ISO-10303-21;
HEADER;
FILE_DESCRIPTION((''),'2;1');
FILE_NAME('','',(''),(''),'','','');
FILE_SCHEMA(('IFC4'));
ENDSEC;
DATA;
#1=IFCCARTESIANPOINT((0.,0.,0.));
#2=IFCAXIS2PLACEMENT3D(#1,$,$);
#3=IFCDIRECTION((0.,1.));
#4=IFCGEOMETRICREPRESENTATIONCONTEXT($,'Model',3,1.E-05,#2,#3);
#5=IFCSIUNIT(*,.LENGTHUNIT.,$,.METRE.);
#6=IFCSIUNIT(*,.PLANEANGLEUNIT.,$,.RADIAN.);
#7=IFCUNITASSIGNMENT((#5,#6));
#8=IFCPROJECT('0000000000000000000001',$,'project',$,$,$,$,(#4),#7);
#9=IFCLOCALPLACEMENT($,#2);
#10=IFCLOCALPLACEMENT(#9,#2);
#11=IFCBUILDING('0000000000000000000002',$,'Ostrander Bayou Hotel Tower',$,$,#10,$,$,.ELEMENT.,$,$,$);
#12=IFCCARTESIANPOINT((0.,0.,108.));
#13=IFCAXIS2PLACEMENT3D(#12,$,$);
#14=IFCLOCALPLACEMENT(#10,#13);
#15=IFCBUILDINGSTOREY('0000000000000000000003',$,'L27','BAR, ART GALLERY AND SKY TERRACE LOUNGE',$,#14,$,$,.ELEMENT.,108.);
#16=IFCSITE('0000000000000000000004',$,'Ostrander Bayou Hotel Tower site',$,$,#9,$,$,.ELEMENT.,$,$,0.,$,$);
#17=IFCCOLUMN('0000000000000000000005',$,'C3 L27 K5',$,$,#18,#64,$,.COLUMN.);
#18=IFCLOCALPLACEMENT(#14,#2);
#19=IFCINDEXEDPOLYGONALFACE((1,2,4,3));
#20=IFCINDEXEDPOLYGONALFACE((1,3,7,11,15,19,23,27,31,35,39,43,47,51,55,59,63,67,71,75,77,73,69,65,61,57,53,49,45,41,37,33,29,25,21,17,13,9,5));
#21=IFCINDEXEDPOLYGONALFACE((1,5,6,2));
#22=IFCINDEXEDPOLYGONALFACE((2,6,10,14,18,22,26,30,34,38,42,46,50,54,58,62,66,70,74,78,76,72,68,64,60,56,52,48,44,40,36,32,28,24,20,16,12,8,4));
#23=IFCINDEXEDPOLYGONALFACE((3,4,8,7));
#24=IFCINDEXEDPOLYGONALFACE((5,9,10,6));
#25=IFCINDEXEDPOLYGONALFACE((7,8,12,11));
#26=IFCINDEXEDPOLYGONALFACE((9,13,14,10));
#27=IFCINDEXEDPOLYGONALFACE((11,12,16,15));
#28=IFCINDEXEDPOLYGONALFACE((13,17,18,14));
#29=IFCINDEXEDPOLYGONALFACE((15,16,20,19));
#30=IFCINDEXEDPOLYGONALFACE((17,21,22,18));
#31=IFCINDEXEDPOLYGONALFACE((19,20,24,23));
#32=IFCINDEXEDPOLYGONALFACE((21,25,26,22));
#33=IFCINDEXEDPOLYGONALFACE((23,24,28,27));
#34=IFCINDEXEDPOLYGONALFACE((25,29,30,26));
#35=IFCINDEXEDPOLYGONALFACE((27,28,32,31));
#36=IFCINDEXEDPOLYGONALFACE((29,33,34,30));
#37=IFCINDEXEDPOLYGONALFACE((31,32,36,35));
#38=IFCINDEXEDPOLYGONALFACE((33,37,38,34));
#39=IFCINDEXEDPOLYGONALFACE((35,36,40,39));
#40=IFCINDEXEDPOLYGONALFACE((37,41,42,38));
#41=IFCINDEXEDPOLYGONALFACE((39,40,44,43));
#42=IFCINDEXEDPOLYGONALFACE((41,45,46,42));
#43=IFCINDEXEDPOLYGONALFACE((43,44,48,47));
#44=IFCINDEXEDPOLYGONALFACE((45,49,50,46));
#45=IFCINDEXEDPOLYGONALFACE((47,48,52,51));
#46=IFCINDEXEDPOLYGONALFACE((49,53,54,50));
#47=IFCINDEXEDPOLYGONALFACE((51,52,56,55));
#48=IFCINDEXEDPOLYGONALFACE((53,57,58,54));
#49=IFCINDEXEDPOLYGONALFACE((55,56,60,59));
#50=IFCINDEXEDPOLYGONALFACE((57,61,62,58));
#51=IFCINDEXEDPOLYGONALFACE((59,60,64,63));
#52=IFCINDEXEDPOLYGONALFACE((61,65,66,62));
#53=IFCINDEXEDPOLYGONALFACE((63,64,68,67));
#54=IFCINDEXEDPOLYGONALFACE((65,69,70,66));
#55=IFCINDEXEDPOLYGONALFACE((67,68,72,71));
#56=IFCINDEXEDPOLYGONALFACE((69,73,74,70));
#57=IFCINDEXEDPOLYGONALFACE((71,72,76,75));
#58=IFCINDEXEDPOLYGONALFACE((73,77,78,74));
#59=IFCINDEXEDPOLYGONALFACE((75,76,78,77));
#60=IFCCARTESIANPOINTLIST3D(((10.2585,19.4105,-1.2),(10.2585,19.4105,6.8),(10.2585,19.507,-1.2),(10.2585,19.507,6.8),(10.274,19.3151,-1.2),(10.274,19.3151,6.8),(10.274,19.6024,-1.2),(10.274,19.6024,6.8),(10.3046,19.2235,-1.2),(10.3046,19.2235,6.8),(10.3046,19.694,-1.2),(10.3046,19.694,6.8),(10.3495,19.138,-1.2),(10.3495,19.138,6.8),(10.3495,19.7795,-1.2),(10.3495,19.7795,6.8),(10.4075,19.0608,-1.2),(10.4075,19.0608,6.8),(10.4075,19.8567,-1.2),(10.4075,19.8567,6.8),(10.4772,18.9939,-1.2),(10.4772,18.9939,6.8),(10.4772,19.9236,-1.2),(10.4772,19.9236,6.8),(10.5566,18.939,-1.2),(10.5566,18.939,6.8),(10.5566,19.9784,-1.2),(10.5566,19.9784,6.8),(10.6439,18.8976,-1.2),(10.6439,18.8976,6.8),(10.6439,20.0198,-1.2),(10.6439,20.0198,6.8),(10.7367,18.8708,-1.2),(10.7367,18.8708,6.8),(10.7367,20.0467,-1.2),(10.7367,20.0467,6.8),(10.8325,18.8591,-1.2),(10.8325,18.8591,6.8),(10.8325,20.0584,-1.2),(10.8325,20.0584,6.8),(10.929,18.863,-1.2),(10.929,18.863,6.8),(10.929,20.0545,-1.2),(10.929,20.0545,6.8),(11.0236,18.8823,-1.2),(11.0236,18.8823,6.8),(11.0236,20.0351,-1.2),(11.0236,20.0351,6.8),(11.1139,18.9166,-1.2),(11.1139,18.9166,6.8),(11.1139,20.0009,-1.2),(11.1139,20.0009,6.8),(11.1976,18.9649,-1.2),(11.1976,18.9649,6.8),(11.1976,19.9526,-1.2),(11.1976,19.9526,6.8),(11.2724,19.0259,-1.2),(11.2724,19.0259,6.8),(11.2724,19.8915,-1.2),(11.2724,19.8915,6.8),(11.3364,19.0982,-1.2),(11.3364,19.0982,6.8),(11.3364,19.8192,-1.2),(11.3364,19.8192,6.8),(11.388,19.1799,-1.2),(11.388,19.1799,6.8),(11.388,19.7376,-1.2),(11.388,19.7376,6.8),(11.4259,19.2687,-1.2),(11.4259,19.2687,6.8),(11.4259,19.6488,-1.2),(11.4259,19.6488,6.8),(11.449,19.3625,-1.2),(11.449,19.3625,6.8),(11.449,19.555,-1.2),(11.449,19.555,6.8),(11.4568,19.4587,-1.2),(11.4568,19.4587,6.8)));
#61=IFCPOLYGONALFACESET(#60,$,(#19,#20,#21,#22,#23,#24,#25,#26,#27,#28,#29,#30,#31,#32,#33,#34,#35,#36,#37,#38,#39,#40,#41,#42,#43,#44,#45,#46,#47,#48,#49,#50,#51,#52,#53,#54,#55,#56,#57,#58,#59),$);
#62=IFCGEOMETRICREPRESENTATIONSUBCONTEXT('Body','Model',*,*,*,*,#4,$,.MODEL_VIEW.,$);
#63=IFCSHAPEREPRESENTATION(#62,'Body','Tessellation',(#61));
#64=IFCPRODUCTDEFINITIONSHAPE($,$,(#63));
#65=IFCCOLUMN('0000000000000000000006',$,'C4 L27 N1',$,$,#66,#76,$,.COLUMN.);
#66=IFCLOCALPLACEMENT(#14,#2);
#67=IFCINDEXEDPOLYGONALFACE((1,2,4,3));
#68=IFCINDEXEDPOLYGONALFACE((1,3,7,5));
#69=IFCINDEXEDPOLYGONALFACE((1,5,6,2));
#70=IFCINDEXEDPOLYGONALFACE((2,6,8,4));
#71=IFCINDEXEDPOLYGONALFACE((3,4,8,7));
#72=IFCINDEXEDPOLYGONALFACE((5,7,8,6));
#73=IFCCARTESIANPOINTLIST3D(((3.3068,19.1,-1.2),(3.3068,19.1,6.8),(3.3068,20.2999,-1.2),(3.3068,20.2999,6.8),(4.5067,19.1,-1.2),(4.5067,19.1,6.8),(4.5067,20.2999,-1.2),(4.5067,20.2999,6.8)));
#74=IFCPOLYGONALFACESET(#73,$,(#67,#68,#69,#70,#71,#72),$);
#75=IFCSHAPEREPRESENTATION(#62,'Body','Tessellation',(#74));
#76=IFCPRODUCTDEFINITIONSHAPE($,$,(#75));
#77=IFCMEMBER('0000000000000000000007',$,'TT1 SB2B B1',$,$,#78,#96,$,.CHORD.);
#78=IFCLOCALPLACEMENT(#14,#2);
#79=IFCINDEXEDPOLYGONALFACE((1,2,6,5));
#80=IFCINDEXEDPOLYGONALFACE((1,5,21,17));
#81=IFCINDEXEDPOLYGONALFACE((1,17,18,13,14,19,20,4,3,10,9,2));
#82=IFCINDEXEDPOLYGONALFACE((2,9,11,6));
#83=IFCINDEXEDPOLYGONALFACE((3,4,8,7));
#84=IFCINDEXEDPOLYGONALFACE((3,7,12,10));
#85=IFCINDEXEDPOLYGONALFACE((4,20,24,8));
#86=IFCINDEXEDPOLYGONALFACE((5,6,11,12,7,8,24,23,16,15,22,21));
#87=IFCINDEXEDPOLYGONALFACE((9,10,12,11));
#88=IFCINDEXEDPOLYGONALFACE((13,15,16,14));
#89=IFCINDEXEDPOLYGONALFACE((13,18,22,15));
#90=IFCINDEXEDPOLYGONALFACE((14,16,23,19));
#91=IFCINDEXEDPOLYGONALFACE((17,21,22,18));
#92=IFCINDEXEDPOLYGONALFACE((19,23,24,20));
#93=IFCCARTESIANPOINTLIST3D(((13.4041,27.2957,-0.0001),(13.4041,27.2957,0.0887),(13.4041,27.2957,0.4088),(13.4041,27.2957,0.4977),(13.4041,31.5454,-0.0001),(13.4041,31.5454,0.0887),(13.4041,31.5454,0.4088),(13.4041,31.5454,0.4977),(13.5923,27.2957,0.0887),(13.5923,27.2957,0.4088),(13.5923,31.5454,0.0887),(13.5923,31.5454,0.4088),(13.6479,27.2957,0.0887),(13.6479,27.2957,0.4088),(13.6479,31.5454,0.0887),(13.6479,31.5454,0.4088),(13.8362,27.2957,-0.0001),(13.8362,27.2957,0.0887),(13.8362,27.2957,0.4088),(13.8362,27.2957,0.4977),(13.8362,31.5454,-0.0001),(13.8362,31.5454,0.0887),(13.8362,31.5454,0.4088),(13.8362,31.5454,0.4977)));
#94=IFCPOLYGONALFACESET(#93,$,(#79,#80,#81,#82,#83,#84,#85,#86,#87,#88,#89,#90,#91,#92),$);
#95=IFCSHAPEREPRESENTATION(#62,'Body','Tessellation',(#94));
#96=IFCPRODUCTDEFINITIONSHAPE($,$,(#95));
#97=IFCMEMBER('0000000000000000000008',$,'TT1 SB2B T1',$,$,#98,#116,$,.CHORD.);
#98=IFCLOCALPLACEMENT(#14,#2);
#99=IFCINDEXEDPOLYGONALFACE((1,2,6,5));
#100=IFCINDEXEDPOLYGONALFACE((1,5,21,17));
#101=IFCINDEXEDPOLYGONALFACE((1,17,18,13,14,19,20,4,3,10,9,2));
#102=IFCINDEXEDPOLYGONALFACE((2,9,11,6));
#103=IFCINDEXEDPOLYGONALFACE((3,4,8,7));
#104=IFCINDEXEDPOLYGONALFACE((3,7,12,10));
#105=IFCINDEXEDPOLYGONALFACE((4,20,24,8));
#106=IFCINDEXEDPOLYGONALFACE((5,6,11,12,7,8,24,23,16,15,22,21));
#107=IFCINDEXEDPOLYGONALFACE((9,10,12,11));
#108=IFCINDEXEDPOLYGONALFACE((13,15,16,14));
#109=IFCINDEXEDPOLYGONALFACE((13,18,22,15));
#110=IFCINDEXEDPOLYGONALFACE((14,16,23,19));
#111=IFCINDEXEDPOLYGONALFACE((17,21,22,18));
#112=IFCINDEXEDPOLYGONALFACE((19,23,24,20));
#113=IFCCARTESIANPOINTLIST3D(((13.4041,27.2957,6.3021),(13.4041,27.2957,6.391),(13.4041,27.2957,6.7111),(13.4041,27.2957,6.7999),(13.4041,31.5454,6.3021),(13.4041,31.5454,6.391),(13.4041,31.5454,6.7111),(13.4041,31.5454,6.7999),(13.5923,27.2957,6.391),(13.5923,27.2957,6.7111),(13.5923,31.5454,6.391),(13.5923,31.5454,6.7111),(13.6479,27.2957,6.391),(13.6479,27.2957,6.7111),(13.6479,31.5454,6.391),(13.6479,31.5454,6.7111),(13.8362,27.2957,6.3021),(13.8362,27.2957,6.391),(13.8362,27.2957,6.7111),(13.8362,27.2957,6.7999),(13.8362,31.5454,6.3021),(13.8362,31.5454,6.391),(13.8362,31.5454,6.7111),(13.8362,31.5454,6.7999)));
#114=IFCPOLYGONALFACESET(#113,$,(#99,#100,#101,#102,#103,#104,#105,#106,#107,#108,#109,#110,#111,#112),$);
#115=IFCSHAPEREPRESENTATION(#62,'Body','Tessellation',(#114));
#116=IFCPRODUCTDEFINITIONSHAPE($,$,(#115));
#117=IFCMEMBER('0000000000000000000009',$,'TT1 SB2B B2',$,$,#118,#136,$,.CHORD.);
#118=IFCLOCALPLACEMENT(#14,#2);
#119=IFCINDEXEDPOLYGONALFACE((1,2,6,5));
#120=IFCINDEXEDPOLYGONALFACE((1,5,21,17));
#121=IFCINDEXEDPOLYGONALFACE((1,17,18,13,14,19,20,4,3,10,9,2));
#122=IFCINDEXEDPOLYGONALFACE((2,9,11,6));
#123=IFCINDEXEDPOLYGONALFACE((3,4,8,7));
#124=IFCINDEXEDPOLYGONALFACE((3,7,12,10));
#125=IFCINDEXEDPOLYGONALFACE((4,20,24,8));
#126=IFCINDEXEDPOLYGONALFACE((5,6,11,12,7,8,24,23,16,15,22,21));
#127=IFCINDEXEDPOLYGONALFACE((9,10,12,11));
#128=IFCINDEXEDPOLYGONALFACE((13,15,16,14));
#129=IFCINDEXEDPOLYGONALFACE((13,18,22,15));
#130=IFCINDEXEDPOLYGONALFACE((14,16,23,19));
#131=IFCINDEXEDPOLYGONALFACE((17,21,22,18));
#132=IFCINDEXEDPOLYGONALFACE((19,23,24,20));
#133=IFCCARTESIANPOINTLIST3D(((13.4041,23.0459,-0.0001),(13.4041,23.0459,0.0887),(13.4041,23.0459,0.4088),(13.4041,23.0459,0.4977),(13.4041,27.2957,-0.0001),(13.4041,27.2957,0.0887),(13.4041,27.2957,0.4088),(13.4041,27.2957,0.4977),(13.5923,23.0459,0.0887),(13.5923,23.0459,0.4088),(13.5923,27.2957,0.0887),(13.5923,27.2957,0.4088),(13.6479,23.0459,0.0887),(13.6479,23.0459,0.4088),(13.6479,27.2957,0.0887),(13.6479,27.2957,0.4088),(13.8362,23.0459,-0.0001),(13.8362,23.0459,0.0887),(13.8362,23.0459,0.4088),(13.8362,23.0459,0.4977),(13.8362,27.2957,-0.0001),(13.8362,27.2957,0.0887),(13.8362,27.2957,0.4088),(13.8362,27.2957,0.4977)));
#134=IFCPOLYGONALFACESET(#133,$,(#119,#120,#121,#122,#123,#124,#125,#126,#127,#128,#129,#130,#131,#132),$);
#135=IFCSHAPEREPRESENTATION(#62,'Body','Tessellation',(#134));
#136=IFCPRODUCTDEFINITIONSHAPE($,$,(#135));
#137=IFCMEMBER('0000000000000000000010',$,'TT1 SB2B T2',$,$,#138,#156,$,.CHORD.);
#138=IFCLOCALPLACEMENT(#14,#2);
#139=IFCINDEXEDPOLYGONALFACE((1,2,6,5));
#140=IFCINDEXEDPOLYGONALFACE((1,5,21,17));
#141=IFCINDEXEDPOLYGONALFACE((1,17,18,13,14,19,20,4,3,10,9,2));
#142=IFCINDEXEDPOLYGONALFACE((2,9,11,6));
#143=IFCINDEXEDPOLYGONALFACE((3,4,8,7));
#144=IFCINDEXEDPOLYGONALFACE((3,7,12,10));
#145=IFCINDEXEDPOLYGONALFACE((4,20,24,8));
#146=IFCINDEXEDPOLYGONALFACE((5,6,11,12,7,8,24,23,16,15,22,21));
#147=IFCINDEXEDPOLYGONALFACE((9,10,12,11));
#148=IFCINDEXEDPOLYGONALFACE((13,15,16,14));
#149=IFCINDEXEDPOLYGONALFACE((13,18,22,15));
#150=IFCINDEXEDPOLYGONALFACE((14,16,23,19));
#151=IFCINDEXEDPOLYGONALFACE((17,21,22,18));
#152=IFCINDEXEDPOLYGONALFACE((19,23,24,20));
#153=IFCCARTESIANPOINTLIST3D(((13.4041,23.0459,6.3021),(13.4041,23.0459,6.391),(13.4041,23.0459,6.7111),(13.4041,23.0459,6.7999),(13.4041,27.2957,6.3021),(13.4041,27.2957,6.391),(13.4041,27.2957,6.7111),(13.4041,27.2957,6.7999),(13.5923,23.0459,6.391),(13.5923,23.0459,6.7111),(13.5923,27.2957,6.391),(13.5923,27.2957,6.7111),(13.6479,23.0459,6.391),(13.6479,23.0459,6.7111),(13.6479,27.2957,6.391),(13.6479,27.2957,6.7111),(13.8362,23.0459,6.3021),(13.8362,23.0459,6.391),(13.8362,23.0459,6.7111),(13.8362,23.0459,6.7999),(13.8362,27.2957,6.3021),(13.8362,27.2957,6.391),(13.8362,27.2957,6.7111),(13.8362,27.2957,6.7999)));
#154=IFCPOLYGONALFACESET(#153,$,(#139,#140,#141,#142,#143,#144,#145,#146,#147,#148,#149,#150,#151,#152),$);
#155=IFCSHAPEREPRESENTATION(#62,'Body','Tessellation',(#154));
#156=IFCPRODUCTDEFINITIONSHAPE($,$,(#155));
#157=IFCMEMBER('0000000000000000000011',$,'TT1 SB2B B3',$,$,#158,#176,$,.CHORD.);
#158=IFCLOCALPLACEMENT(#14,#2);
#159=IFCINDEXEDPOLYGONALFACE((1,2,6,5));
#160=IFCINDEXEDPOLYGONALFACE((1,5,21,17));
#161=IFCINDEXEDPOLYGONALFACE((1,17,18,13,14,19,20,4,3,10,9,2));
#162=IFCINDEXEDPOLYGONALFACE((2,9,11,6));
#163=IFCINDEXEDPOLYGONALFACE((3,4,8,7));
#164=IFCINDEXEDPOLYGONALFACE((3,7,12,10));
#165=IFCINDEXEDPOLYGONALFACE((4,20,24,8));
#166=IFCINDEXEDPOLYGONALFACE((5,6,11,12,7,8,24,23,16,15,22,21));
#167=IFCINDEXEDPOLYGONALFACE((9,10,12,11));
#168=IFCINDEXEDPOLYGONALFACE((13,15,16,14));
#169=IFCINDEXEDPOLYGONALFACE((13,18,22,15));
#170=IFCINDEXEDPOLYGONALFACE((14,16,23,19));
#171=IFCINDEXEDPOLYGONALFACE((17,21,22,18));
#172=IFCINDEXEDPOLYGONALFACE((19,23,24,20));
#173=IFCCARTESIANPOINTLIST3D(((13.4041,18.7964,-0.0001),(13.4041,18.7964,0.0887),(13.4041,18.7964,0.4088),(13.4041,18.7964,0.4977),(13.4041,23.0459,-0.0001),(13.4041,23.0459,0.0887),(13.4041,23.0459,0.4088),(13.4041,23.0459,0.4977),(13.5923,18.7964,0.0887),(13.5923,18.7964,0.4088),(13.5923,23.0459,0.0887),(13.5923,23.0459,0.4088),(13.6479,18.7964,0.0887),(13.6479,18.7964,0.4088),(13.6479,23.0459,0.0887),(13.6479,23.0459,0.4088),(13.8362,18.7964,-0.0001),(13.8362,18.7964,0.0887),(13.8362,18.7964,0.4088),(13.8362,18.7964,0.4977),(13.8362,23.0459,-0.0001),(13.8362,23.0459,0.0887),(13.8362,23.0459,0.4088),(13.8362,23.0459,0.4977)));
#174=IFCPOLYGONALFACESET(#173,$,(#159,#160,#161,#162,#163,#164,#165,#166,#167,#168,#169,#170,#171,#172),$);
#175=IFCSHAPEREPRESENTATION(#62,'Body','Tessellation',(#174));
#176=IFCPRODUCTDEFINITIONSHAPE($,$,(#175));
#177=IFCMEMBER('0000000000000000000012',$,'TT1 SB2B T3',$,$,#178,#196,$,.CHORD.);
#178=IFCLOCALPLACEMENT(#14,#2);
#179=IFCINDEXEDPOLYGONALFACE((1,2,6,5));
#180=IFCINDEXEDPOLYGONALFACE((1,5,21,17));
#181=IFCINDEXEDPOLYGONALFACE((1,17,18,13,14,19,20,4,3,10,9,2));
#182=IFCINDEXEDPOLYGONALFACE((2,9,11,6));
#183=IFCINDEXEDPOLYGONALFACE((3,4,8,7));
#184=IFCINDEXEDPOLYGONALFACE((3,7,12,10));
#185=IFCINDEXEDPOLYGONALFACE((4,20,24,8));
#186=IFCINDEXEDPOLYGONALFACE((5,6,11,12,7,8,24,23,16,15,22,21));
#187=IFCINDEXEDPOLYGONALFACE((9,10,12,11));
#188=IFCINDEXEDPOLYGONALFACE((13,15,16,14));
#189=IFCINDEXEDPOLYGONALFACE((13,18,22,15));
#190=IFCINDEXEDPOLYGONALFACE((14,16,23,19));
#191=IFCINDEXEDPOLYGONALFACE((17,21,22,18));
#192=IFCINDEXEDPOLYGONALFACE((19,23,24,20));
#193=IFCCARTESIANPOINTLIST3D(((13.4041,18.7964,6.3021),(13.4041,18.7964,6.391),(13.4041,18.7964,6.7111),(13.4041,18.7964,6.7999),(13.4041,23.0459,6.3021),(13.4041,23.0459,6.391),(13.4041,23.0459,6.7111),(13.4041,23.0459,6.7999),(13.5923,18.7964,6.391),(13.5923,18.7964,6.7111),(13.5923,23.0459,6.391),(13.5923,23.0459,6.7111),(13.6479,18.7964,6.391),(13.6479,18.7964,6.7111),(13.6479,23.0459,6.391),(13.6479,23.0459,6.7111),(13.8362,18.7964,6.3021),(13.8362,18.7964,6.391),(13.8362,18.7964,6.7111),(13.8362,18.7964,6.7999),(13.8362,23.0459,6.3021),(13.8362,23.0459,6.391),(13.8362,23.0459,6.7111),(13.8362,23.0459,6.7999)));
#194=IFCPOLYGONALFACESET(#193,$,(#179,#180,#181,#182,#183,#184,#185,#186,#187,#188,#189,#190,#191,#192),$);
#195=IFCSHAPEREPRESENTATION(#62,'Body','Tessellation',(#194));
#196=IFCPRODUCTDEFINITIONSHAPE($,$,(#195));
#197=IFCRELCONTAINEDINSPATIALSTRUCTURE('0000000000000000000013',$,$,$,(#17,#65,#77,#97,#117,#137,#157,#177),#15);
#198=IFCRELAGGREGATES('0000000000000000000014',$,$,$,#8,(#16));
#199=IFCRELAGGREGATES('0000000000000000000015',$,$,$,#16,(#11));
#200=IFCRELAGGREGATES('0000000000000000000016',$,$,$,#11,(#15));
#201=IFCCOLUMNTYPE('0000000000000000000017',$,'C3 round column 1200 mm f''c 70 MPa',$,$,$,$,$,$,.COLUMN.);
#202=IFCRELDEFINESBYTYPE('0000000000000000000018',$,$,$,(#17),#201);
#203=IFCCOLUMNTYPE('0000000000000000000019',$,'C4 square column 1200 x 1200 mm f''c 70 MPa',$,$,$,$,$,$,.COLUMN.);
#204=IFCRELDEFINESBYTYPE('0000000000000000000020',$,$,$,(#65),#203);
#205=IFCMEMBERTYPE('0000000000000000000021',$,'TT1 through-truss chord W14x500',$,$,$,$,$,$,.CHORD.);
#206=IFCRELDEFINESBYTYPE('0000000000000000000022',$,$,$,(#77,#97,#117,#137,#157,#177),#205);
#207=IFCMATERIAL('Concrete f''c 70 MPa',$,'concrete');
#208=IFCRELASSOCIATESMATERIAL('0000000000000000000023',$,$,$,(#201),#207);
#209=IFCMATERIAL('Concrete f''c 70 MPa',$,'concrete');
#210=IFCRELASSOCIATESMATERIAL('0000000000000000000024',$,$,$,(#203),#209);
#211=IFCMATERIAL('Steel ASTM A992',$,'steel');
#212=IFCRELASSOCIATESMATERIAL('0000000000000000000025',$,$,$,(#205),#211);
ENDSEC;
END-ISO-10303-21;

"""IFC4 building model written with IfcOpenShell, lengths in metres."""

from ifc_helpers import new_model, si_unit, direction, frame, origin, origin_2d, place, context, subcontext, project, spatial, rectangle, circle, i_section, extrude, material, material_profile, profile_set, type_object, element, save


model = new_model("IFC4")

# Units and contexts
model_context = context("Model", 3, precision=1e-05, world=origin(), true_north=direction((0.0, 1.0)))
body_context = subcontext(model_context, "Body", "Model", "MODEL_VIEW")
ifc_project = project(units=[si_unit("LENGTHUNIT", "METRE"), si_unit("PLANEANGLEUNIT", "RADIAN")], contexts=[model_context])

# Site, building, storey
site_placement = place(None, origin())
site = spatial("IfcSite", under=ifc_project, at=site_placement, Name="Ostrander Bayou Hotel Tower site", CompositionType="ELEMENT", RefElevation=0.0)
building_placement = place(site_placement, origin())
building = spatial("IfcBuilding", under=site, at=building_placement, Name="Ostrander Bayou Hotel Tower", CompositionType="ELEMENT")
storey_placement = place(building_placement, frame((0.0, 0.0, 108.0)))
storey = spatial("IfcBuildingStorey", under=building, at=storey_placement, Name="L27", Description="BAR, ART GALLERY AND SKY TERRACE LOUNGE", CompositionType="ELEMENT", Elevation=108.0)

# Columns
ifc_material_1 = material(Name="Concrete f'c 70 MPa", Category="concrete")
ifc_material_profile_1 = material_profile(ifc_material_1, circle(Radius=0.6001, at=origin_2d()))
ifc_profile_set_1 = profile_set([ifc_material_profile_1], Name="Concrete f'c 70 MPa")
column_type_1 = type_object("IfcColumnType", Name="C3 round column 1200 mm f'c 70 MPa", PredefinedType="COLUMN", material=ifc_profile_set_1)
column_1_placement = place(storey_placement, frame((10.8567, 19.4587, -1.2), z_axis=(0.0, 0.0, 1.0), x_axis=(1.0, 0.0, 0.0)))
element("IfcColumn", 1, at=column_1_placement, inside=storey, type_object=column_type_1, Name="C3 L27 K5", PredefinedType="COLUMN", context=body_context, shape_type="SweptSolid", body=[
    extrude(circle(Radius=0.6001, at=origin_2d()), origin(), (0.0, 0.0, 1.0), 8.0),
])
ifc_material_2 = material(Name="Concrete f'c 70 MPa", Category="concrete")
ifc_material_profile_2 = material_profile(ifc_material_2, rectangle(XDim=1.2, YDim=1.2, at=origin_2d()))
ifc_profile_set_2 = profile_set([ifc_material_profile_2], Name="Concrete f'c 70 MPa")
column_type_2 = type_object("IfcColumnType", Name="C4 square column 1200 x 1200 mm f'c 70 MPa", PredefinedType="COLUMN", material=ifc_profile_set_2)
column_2_placement = place(storey_placement, frame((3.9067, 19.7, -1.2), z_axis=(0.0, 0.0, 1.0), x_axis=(1.0, 0.0, 0.0)))
element("IfcColumn", 2, at=column_2_placement, inside=storey, type_object=column_type_2, Name="C4 L27 N1", PredefinedType="COLUMN", context=body_context, shape_type="SweptSolid", body=[
    extrude(rectangle(XDim=1.2, YDim=1.2, at=origin_2d()), origin(), (0.0, 0.0, 1.0), 8.0),
])

# Members
ifc_material_3 = material(Name="Steel ASTM A992", Category="steel")
ifc_material_profile_3 = material_profile(ifc_material_3, i_section(OverallWidth=0.4321, OverallDepth=0.4978, WebThickness=0.0557, FlangeThickness=0.0889, at=origin_2d()))
ifc_profile_set_3 = profile_set([ifc_material_profile_3], Name="Steel ASTM A992")
member_type_1 = type_object("IfcMemberType", Name="TT1 through-truss chord W14x500", PredefinedType="CHORD", material=ifc_profile_set_3)
for number, where, z_axis, x_axis, name in (
    (3, (13.6201, 31.5454, 0.2488), (0.0, -1.0, 0.0), (1.0, 0.0, 0.0), "TT1 SB2B B1"),
    (4, (13.6201, 31.5454, 6.551), (0.0, -1.0, 0.0), (1.0, 0.0, 0.0), "TT1 SB2B T1"),
    (5, (13.6201, 27.2957, 0.2488), (0.0, -1.0, 0.0), (1.0, 0.0, 0.0), "TT1 SB2B B2"),
    (6, (13.6201, 27.2957, 6.551), (0.0, -1.0, 0.0), (1.0, 0.0, 0.0), "TT1 SB2B T2"),
):
    element("IfcMember", number, at=place(storey_placement, frame(where, z_axis=z_axis, x_axis=x_axis)), inside=storey, type_object=member_type_1, Name=name, PredefinedType="CHORD", context=body_context, shape_type="SweptSolid", body=[
        extrude(i_section(OverallWidth=0.4321, OverallDepth=0.4978, WebThickness=0.0557, FlangeThickness=0.0889, at=origin_2d()), origin(), (0.0, 0.0, 1.0), 4.2498),
    ])
for number, where, z_axis, x_axis, name in (
    (7, (13.6201, 23.0459, 0.2488), (0.0, -1.0, 0.0), (1.0, 0.0, 0.0), "TT1 SB2B B3"),
    (8, (13.6201, 23.0459, 6.551), (0.0, -1.0, 0.0), (1.0, 0.0, 0.0), "TT1 SB2B T3"),
):
    element("IfcMember", number, at=place(storey_placement, frame(where, z_axis=z_axis, x_axis=x_axis)), inside=storey, type_object=member_type_1, Name=name, PredefinedType="CHORD", context=body_context, shape_type="SweptSolid", body=[
        extrude(i_section(OverallWidth=0.4321, OverallDepth=0.4978, WebThickness=0.0557, FlangeThickness=0.0889, at=origin_2d()), origin(), (0.0, 0.0, 1.0), 4.2495),
    ])

save(model, "model.ifc")
